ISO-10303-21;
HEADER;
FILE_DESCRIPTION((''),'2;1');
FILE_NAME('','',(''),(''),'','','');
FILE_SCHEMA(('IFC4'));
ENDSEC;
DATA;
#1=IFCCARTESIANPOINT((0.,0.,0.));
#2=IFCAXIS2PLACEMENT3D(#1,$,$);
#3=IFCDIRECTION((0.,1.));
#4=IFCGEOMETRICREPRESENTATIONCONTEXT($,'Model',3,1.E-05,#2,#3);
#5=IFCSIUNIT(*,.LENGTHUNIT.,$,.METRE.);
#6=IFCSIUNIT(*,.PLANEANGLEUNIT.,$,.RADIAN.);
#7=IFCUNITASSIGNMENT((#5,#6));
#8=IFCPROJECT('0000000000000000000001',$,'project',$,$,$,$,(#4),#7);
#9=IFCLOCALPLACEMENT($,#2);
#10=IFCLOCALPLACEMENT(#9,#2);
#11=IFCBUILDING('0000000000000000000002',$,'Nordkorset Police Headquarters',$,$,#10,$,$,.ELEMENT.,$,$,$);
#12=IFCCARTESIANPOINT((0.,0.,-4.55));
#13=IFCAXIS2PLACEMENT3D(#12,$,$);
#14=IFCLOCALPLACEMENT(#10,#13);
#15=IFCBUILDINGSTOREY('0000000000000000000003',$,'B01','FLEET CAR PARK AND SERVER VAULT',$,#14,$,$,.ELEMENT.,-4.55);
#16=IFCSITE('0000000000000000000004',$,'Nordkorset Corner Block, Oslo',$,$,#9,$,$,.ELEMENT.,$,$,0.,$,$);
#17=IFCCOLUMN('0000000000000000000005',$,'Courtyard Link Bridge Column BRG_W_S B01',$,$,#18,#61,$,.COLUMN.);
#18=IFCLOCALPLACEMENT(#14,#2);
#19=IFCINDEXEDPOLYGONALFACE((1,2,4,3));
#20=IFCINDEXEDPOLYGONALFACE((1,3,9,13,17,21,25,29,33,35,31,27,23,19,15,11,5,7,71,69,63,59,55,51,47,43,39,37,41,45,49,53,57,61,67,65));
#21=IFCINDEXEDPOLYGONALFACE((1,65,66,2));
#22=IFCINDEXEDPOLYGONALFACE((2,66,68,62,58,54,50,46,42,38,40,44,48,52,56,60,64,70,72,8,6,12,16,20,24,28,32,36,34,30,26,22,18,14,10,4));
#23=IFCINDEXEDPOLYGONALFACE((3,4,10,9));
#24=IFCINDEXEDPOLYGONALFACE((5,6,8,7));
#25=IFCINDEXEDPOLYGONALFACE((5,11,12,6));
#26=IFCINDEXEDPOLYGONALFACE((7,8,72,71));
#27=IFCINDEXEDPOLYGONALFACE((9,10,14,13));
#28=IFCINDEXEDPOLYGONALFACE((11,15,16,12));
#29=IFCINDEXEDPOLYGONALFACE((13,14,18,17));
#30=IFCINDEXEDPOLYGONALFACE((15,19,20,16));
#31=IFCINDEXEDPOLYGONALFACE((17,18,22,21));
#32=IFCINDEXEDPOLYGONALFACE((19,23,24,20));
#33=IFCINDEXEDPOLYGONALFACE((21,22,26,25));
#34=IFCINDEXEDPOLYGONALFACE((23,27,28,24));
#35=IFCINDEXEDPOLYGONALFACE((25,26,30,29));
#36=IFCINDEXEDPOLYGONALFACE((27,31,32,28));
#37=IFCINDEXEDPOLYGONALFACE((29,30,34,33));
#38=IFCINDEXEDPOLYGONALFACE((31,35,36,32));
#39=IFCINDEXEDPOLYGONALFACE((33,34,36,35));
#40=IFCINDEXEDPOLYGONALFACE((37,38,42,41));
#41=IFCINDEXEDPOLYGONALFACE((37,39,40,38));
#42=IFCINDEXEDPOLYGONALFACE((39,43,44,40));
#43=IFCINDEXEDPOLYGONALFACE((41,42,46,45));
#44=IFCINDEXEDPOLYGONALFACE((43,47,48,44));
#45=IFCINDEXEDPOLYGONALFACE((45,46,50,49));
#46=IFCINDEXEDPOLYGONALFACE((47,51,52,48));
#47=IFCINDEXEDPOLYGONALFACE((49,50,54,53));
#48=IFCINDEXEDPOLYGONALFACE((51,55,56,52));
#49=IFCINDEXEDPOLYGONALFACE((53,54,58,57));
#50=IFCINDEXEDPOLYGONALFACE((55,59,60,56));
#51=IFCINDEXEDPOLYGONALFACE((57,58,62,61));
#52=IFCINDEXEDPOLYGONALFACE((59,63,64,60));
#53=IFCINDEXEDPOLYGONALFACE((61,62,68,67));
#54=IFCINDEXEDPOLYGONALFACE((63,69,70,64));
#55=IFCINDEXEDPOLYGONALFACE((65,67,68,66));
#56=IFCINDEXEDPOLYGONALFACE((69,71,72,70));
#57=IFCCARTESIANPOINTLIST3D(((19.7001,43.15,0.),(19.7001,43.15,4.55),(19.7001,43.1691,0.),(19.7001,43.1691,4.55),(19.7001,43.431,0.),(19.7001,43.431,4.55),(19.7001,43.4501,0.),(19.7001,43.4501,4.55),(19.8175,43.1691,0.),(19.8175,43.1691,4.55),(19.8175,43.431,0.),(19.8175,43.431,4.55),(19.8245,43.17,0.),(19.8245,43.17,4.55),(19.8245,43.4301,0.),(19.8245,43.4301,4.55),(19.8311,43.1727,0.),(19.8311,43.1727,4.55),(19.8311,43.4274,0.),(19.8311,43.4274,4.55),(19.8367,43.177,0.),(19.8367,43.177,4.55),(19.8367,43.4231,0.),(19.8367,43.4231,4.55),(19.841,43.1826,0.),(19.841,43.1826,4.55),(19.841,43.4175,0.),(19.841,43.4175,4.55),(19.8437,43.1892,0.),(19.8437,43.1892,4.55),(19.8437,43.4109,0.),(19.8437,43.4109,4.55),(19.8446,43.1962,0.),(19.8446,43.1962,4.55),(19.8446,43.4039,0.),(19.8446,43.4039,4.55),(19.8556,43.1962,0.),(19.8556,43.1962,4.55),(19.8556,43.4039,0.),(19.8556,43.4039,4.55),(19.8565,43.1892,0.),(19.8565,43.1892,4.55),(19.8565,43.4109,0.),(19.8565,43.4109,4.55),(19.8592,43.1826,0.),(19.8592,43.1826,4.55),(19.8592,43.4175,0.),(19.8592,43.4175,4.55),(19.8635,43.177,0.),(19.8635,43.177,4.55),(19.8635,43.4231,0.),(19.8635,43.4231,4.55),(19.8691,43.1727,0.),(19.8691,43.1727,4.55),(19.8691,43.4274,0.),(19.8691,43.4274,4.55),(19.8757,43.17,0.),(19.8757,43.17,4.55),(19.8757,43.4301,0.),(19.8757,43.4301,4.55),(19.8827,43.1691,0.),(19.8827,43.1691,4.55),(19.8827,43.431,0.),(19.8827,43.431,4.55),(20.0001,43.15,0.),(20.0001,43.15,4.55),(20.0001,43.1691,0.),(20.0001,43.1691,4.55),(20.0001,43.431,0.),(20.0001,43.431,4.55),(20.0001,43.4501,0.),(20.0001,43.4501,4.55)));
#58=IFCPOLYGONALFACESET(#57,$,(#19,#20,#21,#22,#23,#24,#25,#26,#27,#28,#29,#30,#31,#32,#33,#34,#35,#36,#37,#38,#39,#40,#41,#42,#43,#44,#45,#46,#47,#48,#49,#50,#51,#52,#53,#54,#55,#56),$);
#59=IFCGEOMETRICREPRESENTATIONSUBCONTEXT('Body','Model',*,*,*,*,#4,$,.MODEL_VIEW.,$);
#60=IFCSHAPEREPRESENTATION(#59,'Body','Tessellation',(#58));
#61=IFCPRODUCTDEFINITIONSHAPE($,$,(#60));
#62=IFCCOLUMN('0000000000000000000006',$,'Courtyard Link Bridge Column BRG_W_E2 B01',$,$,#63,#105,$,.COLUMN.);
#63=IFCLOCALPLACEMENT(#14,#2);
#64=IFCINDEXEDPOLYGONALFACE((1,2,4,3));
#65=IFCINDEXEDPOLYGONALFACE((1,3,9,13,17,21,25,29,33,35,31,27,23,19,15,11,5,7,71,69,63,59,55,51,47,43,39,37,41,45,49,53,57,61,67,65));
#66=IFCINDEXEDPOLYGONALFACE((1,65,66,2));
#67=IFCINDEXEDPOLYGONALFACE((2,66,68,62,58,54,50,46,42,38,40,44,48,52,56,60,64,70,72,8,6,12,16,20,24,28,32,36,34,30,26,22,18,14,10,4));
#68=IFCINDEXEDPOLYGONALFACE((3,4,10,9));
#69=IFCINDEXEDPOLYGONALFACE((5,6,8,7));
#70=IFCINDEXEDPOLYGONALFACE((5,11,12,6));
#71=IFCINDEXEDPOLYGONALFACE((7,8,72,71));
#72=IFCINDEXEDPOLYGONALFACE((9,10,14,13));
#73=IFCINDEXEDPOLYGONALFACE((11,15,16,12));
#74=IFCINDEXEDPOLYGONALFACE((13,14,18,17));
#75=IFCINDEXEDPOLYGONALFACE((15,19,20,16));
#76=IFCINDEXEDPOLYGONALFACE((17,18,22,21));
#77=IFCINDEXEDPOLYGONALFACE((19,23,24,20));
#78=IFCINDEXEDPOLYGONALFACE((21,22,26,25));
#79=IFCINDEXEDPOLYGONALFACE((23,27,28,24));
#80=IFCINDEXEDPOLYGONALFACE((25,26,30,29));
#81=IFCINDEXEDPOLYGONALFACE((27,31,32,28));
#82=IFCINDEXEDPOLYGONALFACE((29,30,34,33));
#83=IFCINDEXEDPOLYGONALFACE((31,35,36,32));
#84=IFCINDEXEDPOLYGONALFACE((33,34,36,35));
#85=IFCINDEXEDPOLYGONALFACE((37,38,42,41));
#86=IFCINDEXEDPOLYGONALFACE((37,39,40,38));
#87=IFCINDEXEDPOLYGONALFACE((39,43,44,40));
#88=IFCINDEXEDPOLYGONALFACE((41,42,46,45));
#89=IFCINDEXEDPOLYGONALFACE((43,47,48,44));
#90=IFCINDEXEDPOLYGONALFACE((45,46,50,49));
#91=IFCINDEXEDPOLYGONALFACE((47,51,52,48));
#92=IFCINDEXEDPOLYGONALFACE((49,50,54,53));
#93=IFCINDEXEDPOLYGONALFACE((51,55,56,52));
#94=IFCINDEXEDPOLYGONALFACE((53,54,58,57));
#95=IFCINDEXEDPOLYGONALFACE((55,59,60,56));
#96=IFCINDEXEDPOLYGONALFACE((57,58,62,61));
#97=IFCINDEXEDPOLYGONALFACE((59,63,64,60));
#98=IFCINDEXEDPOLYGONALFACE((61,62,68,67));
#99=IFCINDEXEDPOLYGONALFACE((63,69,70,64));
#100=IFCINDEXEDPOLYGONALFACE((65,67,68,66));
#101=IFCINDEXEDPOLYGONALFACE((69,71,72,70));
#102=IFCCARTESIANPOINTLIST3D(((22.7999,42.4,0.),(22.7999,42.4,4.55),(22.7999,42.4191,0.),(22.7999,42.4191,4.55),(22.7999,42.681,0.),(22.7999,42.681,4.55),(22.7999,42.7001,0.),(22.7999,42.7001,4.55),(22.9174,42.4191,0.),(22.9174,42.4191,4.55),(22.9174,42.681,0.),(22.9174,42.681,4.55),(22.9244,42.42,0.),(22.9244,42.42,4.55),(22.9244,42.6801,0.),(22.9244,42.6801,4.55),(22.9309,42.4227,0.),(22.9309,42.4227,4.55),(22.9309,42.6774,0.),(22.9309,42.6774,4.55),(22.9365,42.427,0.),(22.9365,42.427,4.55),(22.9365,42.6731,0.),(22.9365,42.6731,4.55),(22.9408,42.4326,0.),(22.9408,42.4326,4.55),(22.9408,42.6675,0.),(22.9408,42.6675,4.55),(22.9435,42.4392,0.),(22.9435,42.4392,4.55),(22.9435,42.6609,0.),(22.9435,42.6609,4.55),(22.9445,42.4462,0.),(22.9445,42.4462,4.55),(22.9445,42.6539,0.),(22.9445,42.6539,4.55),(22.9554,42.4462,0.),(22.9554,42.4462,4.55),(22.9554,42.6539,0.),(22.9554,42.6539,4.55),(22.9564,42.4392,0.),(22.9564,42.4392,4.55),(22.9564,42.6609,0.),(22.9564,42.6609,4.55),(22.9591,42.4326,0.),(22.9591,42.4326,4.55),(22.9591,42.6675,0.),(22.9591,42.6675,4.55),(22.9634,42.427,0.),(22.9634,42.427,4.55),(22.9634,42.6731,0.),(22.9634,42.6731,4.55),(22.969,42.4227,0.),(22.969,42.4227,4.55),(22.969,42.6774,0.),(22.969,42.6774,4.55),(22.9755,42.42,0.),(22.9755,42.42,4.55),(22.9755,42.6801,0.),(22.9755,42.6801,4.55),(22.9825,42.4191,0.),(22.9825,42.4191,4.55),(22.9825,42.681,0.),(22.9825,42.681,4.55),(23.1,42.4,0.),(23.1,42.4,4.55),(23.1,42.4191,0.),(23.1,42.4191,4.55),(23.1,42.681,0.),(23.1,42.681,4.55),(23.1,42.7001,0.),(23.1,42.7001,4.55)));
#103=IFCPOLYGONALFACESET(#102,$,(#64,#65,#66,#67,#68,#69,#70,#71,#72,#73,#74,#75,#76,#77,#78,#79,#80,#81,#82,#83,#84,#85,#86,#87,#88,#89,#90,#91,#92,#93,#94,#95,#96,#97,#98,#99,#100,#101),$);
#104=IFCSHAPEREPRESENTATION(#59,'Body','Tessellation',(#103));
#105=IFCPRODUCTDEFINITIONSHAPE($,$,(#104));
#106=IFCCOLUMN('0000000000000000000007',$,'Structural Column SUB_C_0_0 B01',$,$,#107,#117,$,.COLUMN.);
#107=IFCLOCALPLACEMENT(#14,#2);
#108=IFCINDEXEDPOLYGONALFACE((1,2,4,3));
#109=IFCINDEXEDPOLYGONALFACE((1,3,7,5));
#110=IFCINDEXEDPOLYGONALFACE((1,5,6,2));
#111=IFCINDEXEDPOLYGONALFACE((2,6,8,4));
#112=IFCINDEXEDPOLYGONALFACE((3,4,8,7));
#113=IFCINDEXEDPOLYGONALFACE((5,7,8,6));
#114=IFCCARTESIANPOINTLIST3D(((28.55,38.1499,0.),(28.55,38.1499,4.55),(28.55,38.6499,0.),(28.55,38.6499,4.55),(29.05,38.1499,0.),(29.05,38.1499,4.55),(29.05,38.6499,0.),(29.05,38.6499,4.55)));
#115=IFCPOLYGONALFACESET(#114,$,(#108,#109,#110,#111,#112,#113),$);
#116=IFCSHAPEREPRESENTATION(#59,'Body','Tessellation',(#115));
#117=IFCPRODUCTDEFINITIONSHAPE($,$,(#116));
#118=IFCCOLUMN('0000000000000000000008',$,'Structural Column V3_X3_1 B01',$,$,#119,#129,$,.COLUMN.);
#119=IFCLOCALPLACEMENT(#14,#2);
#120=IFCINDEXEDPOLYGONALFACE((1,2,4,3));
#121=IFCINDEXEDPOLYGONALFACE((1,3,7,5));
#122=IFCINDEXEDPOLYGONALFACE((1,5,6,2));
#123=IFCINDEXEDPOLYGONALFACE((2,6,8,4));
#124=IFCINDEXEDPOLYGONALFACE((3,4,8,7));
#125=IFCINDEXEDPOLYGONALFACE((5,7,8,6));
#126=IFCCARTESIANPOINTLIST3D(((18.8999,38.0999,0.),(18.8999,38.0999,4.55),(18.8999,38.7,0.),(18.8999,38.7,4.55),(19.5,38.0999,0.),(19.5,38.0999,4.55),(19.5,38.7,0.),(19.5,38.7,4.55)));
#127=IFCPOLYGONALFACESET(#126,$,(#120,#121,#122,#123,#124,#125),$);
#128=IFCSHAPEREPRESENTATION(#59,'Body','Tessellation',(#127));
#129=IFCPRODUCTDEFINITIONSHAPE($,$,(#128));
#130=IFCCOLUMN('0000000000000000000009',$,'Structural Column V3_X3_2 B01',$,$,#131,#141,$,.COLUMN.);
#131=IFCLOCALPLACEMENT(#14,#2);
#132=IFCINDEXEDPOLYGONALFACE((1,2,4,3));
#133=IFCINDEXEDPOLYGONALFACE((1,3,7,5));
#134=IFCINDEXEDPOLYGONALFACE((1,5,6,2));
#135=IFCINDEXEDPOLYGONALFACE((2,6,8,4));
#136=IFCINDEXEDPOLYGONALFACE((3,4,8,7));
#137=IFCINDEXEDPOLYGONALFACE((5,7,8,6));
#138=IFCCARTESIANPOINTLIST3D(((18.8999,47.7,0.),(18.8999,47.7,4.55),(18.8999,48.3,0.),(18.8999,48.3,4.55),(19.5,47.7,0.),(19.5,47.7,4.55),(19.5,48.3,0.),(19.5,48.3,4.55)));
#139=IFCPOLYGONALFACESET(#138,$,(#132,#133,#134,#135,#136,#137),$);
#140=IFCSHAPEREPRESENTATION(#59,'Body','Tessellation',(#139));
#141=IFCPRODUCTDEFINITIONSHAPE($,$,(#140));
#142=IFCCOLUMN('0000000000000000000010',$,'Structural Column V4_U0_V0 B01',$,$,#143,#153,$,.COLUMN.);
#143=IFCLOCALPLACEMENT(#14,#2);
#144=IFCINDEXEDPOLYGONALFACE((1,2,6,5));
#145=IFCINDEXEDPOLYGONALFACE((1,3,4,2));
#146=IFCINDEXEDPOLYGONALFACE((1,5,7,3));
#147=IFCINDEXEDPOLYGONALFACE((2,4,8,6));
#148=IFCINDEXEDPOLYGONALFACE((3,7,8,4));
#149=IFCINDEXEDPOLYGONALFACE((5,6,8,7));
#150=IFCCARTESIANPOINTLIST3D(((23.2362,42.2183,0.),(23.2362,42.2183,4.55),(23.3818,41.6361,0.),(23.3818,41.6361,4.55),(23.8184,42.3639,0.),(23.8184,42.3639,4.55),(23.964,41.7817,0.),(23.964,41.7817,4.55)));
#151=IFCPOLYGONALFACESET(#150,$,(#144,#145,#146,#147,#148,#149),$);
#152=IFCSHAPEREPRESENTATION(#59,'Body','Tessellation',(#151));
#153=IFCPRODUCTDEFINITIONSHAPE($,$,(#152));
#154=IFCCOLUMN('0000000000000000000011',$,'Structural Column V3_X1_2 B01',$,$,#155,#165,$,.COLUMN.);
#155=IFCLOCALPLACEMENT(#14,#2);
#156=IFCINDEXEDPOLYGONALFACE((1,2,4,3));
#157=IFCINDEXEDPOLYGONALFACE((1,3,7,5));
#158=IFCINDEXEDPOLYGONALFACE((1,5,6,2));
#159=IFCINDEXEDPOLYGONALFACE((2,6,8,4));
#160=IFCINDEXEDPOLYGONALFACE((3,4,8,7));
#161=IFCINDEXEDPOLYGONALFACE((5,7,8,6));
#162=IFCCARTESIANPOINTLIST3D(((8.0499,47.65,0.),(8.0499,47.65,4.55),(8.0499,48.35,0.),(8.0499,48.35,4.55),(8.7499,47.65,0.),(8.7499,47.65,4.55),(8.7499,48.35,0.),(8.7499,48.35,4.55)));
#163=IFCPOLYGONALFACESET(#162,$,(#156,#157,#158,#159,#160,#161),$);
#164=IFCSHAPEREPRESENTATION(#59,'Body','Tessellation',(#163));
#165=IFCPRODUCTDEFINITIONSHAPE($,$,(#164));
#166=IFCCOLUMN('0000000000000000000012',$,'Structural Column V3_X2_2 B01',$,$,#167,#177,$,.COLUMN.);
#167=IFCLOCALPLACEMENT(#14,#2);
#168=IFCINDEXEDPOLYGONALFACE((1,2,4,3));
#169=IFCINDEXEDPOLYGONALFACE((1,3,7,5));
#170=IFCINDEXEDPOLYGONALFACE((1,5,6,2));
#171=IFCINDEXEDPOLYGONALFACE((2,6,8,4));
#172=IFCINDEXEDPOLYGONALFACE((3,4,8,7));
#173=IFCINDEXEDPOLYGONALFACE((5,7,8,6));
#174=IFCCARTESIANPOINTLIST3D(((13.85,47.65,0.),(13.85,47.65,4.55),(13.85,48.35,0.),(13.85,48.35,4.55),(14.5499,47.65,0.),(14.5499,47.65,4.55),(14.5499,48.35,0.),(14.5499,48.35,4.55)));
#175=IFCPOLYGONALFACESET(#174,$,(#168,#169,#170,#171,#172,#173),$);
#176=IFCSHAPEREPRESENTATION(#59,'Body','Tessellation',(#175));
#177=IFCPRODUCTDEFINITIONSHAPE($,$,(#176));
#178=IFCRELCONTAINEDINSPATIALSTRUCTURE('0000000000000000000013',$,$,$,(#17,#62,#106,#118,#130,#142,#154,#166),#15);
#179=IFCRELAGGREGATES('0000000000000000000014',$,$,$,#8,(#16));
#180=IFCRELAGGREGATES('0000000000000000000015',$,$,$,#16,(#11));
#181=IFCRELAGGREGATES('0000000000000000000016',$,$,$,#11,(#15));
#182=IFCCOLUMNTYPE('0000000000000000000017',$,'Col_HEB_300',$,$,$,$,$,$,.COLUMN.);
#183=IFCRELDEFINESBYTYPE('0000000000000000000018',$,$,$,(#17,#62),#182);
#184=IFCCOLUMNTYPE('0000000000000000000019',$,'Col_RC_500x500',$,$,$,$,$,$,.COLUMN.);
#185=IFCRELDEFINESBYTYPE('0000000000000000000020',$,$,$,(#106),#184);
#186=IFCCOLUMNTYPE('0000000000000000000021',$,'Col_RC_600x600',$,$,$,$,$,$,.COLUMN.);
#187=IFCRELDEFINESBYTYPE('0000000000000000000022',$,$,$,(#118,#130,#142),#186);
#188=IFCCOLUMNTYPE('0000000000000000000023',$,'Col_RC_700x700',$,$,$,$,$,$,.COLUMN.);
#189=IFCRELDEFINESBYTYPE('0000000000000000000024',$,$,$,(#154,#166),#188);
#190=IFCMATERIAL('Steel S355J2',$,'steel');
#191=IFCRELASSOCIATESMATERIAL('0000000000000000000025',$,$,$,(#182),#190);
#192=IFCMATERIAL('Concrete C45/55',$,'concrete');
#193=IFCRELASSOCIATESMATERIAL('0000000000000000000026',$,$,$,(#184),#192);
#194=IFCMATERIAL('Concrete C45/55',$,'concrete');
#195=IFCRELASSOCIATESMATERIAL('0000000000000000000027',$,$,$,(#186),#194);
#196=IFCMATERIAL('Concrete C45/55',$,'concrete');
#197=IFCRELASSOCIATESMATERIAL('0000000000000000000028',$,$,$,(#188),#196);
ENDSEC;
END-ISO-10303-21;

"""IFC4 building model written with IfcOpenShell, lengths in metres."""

from ifc_helpers import new_model, si_unit, direction, frame, origin, origin_2d, place, context, subcontext, project, spatial, rectangle, i_section, extrude, material, material_profile, profile_set, type_object, element, save


model = new_model("IFC4")

# Units and contexts
model_context = context("Model", 3, precision=1e-05, world=origin(), true_north=direction((0.0, 1.0)))
body_context = subcontext(model_context, "Body", "Model", "MODEL_VIEW")
ifc_project = project(units=[si_unit("LENGTHUNIT", "METRE"), si_unit("PLANEANGLEUNIT", "RADIAN")], contexts=[model_context])

# Site, building, storey
site_placement = place(None, origin())
site = spatial("IfcSite", under=ifc_project, at=site_placement, Name="Nordkorset Corner Block, Oslo", CompositionType="ELEMENT", RefElevation=0.0)
building_placement = place(site_placement, origin())
building = spatial("IfcBuilding", under=site, at=building_placement, Name="Nordkorset Police Headquarters", CompositionType="ELEMENT")
storey_placement = place(building_placement, frame((0.0, 0.0, -4.55)))
storey = spatial("IfcBuildingStorey", under=building, at=storey_placement, Name="B01", Description="FLEET CAR PARK AND SERVER VAULT", CompositionType="ELEMENT", Elevation=-4.55)

# Columns
ifc_material_1 = material(Name="Steel S355J2", Category="steel")
ifc_material_profile_1 = material_profile(ifc_material_1, i_section(OverallWidth=0.3, OverallDepth=0.3, WebThickness=0.011, FlangeThickness=0.019, FilletRadius=0.0271, at=origin_2d()), Name="HEB 300")
ifc_profile_set_1 = profile_set([ifc_material_profile_1], Name="Steel S355J2")
column_type_1 = type_object("IfcColumnType", Name="Col_HEB_300", PredefinedType="COLUMN", material=ifc_profile_set_1)
for number, where, z_axis, x_axis, name in (
    (1, (19.8501, 43.3, 0.0), (0.0, 0.0, 1.0), (1.0, 0.0, 0.0), "Courtyard Link Bridge Column BRG_W_S B01"),
    (2, (22.95, 42.55, 0.0), (0.0, 0.0, 1.0), (1.0, 0.0, 0.0), "Courtyard Link Bridge Column BRG_W_E2 B01"),
):
    element("IfcColumn", number, at=place(storey_placement, frame(where, z_axis=z_axis, x_axis=x_axis)), inside=storey, type_object=column_type_1, Name=name, PredefinedType="COLUMN", context=body_context, shape_type="SweptSolid", body=[
        extrude(i_section(OverallWidth=0.3, OverallDepth=0.3, WebThickness=0.011, FlangeThickness=0.019, FilletRadius=0.0271, at=origin_2d()), origin(), (0.0, 0.0, 1.0), 4.55),
    ])
ifc_material_2 = material(Name="Concrete C45/55", Category="concrete")
ifc_material_profile_2 = material_profile(ifc_material_2, rectangle(XDim=0.5, YDim=0.5, at=origin_2d()), Name="RC 500x500")
ifc_profile_set_2 = profile_set([ifc_material_profile_2], Name="Concrete C45/55")
column_type_2 = type_object("IfcColumnType", Name="Col_RC_500x500", PredefinedType="COLUMN", material=ifc_profile_set_2)
column_placement = place(storey_placement, frame((28.8, 38.3999, 0.0), z_axis=(0.0, 0.0, 1.0), x_axis=(1.0, 0.0, 0.0)))
element("IfcColumn", 3, at=column_placement, inside=storey, type_object=column_type_2, Name="Structural Column SUB_C_0_0 B01", PredefinedType="COLUMN", context=body_context, shape_type="SweptSolid", body=[
    extrude(rectangle(XDim=0.5, YDim=0.5, at=origin_2d()), origin(), (0.0, 0.0, 1.0), 4.55),
])
ifc_material_3 = material(Name="Concrete C45/55", Category="concrete")
ifc_material_profile_3 = material_profile(ifc_material_3, rectangle(XDim=0.6001, YDim=0.6001, at=origin_2d()), Name="RC 600x600")
ifc_profile_set_3 = profile_set([ifc_material_profile_3], Name="Concrete C45/55")
column_type_3 = type_object("IfcColumnType", Name="Col_RC_600x600", PredefinedType="COLUMN", material=ifc_profile_set_3)
for number, where, z_axis, x_axis, name in (
    (4, (19.2, 38.3999, 0.0), (0.0, 0.0, 1.0), (1.0, 0.0, 0.0), "Structural Column V3_X3_1 B01"),
    (5, (19.2, 48.0, 0.0), (0.0, 0.0, 1.0), (1.0, 0.0, 0.0), "Structural Column V3_X3_2 B01"),
    (6, (23.6001, 42.0, 0.0), (0.0, 0.0, 1.0), (0.970143, 0.242536, 0.0), "Structural Column V4_U0_V0 B01"),
):
    element("IfcColumn", number, at=place(storey_placement, frame(where, z_axis=z_axis, x_axis=x_axis)), inside=storey, type_object=column_type_3, Name=name, PredefinedType="COLUMN", context=body_context, shape_type="SweptSolid", body=[
        extrude(rectangle(XDim=0.6001, YDim=0.6001, at=origin_2d()), origin(), (0.0, 0.0, 1.0), 4.55),
    ])
ifc_material_4 = material(Name="Concrete C45/55", Category="concrete")
ifc_material_profile_4 = material_profile(ifc_material_4, rectangle(XDim=0.7, YDim=0.7, at=origin_2d()), Name="RC 700x700")
ifc_profile_set_4 = profile_set([ifc_material_profile_4], Name="Concrete C45/55")
column_type_4 = type_object("IfcColumnType", Name="Col_RC_700x700", PredefinedType="COLUMN", material=ifc_profile_set_4)
for number, where, z_axis, x_axis, name in (
    (7, (8.3999, 48.0, 0.0), (0.0, 0.0, 1.0), (1.0, 0.0, 0.0), "Structural Column V3_X1_2 B01"),
    (8, (14.2, 48.0, 0.0), (0.0, 0.0, 1.0), (1.0, 0.0, 0.0), "Structural Column V3_X2_2 B01"),
):
    element("IfcColumn", number, at=place(storey_placement, frame(where, z_axis=z_axis, x_axis=x_axis)), inside=storey, type_object=column_type_4, Name=name, PredefinedType="COLUMN", context=body_context, shape_type="SweptSolid", body=[
        extrude(rectangle(XDim=0.7, YDim=0.7, at=origin_2d()), origin(), (0.0, 0.0, 1.0), 4.55),
    ])

save(model, "model.ifc")
